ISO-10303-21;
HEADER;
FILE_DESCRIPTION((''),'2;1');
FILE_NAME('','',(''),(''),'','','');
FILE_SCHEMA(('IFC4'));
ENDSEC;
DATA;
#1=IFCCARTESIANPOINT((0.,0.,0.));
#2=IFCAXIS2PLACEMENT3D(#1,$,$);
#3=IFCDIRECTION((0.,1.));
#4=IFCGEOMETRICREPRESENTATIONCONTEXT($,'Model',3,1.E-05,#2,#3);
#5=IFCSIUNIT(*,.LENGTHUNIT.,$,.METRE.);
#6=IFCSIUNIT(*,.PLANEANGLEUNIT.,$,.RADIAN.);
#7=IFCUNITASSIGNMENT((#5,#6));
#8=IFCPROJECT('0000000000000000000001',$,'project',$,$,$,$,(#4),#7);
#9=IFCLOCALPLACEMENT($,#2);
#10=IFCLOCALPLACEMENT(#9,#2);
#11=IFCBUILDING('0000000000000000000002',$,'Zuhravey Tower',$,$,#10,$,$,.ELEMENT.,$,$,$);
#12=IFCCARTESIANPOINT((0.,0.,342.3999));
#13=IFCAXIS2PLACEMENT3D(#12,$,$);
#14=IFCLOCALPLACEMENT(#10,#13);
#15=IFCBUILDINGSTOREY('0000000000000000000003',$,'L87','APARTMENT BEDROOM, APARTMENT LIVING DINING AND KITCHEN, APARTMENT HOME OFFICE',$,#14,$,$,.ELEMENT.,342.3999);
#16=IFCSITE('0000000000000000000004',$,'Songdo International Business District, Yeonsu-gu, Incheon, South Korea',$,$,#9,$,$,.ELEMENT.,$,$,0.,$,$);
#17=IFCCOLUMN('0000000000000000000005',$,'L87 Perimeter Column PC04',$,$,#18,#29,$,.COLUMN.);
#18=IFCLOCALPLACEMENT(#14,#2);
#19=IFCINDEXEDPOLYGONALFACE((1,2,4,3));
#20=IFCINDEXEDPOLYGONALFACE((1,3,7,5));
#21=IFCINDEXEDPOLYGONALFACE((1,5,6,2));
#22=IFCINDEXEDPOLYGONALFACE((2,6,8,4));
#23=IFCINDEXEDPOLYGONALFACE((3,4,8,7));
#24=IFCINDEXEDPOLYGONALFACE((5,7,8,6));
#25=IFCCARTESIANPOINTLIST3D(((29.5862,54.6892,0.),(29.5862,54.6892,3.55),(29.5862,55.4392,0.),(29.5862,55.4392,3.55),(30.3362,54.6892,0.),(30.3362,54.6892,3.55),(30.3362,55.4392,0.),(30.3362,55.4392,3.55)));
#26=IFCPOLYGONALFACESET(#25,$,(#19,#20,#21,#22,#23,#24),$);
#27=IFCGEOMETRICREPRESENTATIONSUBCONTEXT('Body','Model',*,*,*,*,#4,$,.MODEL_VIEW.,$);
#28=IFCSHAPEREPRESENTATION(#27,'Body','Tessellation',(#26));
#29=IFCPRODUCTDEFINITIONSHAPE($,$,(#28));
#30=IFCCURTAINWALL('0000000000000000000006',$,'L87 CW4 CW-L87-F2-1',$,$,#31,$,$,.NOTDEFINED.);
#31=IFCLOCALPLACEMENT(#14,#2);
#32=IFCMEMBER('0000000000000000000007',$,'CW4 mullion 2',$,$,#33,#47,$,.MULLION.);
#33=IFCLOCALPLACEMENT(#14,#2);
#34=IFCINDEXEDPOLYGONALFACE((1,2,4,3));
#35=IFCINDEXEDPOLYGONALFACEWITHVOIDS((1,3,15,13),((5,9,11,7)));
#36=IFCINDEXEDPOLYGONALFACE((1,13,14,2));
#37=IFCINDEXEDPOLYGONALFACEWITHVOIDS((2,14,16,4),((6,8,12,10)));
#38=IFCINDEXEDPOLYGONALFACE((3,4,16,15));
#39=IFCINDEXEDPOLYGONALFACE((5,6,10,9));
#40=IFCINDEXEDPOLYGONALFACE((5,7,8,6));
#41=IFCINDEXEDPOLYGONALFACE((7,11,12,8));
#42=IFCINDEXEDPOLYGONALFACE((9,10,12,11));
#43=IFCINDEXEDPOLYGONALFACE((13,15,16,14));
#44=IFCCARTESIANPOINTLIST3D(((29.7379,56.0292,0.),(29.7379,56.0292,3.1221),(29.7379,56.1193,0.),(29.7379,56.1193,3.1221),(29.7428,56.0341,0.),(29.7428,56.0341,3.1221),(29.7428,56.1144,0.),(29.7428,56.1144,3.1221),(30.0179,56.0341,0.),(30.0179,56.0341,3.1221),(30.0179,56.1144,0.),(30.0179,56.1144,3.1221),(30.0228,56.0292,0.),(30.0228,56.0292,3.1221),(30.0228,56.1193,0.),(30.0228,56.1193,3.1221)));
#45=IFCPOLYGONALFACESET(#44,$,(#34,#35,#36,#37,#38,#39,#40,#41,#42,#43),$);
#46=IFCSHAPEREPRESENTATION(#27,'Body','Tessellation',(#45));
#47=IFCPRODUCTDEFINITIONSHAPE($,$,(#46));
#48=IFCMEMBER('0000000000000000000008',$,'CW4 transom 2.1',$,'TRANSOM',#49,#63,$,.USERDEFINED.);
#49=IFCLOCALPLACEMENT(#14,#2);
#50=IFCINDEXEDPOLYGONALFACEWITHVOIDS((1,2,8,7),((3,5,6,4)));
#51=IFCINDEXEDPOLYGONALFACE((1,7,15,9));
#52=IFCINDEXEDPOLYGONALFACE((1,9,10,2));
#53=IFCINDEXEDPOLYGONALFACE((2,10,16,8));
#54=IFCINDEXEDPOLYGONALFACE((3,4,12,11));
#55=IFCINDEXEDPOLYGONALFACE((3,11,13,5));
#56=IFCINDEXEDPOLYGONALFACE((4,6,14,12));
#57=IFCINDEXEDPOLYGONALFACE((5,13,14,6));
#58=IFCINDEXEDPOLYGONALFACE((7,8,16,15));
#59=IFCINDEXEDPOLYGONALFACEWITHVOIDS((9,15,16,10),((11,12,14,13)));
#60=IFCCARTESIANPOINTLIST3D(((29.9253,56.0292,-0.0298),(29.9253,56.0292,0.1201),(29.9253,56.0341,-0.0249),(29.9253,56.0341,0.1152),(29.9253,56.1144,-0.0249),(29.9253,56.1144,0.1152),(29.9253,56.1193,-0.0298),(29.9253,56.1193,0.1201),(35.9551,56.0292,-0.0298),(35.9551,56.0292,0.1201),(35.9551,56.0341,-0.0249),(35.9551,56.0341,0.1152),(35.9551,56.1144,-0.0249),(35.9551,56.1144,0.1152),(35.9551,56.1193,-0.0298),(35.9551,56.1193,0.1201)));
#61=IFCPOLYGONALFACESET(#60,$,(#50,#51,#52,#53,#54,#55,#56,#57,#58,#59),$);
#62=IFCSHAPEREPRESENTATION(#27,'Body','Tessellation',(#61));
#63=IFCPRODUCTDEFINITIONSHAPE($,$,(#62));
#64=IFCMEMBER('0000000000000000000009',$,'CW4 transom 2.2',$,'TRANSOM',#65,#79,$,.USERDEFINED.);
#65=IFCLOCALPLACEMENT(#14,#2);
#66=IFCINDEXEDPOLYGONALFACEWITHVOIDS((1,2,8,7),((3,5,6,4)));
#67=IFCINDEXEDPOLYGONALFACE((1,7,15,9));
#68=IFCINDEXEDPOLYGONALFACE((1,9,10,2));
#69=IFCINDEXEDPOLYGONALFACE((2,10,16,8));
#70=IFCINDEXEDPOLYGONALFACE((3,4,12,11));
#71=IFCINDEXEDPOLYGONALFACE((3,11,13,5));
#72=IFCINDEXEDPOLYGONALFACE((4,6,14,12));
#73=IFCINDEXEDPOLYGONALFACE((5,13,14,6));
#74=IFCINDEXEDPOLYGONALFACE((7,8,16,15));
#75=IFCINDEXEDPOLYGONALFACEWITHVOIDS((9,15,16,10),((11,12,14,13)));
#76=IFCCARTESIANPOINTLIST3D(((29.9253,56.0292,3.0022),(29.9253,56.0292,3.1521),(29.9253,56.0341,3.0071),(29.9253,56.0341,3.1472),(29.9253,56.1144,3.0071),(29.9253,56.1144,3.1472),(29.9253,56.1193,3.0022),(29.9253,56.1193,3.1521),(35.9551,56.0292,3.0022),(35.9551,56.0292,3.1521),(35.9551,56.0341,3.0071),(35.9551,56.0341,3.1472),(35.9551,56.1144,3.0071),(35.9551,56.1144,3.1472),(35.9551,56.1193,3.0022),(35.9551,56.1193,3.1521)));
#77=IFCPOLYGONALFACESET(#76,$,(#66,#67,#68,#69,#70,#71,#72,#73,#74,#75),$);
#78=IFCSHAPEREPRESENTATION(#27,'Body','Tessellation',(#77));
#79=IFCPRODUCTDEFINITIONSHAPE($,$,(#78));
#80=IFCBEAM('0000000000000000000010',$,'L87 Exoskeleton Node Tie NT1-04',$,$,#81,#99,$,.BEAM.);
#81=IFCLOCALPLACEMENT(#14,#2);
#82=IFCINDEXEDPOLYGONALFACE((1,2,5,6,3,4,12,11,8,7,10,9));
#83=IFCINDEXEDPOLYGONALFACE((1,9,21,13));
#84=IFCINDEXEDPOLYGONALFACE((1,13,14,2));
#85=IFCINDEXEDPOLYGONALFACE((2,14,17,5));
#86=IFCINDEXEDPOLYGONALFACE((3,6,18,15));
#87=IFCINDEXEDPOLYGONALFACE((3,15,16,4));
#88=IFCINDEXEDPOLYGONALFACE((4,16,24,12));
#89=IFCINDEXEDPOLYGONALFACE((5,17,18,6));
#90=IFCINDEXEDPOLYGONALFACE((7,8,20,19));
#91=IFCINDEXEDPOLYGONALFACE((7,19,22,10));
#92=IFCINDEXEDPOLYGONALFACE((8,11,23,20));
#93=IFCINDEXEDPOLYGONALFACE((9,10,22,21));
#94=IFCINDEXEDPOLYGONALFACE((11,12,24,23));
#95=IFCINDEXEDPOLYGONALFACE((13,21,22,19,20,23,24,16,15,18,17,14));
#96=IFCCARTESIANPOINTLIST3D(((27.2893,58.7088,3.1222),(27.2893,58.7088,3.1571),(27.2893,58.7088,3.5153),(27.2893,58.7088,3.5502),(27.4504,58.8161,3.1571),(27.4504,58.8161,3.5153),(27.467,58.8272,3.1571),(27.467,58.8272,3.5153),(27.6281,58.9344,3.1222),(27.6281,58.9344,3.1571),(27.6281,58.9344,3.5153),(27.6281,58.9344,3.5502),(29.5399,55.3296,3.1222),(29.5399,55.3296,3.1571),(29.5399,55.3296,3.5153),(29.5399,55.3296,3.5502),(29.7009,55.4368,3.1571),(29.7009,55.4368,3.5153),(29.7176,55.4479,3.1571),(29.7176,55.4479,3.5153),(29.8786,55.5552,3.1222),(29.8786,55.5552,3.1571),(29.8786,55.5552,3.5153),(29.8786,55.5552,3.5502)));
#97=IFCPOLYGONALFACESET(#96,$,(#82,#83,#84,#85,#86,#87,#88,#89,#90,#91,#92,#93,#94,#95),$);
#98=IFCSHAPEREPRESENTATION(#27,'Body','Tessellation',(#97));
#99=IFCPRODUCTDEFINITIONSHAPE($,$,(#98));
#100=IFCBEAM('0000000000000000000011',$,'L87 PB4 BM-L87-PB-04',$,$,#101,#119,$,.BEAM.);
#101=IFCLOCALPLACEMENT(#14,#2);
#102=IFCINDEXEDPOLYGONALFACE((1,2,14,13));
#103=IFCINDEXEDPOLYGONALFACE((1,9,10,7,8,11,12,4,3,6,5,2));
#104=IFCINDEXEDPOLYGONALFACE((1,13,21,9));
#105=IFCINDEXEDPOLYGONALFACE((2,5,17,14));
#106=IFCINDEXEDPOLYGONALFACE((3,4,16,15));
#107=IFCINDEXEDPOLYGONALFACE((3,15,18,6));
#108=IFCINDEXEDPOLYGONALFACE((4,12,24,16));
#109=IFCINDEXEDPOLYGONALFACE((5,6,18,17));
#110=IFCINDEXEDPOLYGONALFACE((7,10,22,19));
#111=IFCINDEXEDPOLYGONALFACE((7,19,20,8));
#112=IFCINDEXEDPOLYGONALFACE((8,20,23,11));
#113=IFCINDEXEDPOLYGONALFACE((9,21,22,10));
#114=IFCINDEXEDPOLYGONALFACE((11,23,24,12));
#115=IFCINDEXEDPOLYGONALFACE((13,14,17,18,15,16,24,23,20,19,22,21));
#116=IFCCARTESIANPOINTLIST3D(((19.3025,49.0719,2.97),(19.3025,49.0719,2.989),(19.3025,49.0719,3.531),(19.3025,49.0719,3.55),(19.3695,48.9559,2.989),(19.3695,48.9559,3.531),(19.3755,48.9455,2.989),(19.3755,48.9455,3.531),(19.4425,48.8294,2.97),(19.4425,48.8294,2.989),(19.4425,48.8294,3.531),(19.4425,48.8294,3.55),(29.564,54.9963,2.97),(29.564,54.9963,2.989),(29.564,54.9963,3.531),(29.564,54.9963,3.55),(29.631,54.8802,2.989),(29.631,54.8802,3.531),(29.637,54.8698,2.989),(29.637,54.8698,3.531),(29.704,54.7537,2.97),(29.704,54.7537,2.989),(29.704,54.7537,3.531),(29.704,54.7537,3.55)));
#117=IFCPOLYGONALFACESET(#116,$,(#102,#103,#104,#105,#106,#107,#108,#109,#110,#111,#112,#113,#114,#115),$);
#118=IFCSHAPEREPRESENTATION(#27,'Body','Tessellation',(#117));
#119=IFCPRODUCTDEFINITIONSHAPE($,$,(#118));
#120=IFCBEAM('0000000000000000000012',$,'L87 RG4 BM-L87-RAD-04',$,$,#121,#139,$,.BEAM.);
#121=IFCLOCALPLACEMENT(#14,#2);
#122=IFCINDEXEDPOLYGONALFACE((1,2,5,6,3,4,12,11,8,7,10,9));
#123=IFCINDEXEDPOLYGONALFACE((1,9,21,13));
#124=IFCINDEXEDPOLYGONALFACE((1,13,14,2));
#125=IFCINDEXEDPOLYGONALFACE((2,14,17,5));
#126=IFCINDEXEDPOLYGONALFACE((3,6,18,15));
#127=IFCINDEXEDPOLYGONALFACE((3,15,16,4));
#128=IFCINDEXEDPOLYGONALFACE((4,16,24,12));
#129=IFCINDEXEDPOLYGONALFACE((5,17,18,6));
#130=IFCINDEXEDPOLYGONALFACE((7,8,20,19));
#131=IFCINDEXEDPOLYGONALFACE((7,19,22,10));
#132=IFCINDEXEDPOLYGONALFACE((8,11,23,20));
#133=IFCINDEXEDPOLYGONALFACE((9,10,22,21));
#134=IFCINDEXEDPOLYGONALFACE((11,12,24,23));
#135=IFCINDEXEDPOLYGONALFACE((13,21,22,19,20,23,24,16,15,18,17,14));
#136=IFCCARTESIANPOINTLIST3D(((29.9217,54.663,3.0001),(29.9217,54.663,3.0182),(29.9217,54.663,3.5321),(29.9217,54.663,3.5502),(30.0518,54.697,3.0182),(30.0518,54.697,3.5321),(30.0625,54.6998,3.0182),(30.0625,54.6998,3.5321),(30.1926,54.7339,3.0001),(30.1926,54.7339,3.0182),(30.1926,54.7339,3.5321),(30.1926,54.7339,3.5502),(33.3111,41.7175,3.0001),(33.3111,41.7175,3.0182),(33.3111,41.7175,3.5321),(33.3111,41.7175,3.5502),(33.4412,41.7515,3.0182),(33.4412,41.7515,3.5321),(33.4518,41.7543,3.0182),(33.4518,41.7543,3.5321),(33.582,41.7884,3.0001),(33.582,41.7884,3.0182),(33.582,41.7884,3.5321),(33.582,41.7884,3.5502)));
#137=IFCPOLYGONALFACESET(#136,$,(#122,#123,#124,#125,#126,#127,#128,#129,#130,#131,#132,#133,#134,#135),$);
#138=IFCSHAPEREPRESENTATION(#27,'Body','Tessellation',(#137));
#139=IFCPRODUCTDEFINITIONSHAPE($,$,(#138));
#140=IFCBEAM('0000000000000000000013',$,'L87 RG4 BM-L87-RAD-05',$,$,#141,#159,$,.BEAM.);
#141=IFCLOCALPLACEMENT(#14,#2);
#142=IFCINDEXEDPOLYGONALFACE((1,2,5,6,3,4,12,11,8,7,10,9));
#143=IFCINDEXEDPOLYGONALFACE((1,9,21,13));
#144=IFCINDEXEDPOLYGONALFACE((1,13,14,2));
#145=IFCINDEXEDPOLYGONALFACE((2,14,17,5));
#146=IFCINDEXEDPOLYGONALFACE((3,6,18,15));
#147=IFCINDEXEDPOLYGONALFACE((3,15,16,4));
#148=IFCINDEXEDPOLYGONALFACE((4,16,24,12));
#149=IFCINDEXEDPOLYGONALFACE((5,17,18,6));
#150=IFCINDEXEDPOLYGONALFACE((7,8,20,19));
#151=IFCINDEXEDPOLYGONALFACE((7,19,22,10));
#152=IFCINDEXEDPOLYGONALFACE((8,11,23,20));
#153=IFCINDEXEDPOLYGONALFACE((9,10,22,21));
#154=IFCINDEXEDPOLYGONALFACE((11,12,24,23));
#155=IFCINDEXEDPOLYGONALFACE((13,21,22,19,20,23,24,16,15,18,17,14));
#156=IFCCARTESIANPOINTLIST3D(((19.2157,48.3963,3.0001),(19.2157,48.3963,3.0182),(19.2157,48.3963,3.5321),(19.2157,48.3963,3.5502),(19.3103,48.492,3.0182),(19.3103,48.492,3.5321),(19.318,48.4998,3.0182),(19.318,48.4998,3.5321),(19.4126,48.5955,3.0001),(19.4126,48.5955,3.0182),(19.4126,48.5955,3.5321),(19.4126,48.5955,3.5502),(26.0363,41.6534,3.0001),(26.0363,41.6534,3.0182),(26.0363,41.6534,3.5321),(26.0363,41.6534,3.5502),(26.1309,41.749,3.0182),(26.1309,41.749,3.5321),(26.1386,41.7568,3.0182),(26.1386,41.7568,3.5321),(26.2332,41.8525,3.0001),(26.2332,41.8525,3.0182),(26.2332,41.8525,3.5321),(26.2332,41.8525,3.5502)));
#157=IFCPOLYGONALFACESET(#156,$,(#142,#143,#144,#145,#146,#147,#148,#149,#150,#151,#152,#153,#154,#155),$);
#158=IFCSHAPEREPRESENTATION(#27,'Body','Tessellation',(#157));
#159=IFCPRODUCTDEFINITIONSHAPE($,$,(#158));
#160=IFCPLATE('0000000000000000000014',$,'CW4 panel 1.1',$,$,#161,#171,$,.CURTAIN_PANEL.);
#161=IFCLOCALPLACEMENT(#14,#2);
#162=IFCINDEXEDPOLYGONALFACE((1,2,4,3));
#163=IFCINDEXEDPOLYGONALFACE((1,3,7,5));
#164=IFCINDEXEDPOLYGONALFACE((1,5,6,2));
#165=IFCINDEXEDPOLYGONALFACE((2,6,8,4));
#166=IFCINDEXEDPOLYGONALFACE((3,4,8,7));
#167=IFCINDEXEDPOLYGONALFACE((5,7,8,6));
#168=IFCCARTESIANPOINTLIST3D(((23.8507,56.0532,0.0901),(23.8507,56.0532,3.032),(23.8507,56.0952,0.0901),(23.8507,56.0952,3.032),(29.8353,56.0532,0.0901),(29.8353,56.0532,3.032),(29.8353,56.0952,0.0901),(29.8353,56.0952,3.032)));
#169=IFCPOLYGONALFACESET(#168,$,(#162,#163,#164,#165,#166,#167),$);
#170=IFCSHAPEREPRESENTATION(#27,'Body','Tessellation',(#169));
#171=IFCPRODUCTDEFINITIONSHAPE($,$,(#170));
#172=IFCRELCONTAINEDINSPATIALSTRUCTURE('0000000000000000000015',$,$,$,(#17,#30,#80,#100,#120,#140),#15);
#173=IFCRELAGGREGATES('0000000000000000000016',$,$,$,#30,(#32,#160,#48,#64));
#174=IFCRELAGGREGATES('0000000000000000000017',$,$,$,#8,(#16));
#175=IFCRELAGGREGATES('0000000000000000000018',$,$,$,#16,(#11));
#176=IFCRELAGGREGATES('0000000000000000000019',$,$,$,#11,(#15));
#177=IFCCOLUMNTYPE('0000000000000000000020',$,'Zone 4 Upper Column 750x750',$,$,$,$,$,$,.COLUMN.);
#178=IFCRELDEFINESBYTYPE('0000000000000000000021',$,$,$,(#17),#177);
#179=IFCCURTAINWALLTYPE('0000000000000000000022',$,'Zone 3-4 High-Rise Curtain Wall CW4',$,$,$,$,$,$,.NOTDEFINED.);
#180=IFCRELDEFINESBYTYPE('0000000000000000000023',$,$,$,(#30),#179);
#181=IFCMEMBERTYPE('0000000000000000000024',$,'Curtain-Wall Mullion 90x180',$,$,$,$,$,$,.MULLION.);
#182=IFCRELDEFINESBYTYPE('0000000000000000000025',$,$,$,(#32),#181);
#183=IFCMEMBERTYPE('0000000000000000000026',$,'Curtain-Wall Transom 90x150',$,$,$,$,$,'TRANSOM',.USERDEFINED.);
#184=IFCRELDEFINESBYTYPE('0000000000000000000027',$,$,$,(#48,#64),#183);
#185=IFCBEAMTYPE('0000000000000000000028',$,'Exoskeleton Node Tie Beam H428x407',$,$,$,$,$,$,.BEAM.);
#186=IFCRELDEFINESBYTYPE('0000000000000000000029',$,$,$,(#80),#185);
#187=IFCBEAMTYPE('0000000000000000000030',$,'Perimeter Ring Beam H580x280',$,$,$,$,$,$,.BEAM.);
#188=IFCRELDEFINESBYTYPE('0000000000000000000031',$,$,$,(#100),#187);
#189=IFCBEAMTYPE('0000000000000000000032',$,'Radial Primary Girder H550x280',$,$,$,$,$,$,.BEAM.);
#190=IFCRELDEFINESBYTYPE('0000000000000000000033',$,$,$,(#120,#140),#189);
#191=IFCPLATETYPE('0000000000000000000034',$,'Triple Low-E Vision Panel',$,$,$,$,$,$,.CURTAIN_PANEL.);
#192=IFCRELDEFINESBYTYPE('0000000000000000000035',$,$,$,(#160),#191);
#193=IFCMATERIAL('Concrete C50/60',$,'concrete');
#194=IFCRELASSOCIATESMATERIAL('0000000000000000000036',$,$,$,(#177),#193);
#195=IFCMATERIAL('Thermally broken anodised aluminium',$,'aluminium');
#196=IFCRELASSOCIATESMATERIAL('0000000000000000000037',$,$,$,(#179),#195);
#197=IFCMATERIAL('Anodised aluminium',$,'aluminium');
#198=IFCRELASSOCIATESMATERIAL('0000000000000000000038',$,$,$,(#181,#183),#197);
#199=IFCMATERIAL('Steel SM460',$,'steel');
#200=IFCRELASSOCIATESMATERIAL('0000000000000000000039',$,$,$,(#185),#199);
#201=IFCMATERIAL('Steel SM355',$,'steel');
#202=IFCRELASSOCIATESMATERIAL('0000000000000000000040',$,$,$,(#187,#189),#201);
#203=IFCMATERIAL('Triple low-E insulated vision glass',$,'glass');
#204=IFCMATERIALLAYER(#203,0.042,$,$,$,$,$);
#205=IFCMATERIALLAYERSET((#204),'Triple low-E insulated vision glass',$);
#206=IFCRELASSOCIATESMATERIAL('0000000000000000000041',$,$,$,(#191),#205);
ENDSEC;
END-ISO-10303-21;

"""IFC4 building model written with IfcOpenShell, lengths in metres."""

from ifc_helpers import new_model, si_unit, direction, frame, origin, origin_2d, place, context, subcontext, project, spatial, rectangle, hollow_rectangle, i_section, extrude, material, layer, layer_set, material_profile, profile_set, type_object, element, aggregate, save


model = new_model("IFC4")

# Units and contexts
model_context = context("Model", 3, precision=1e-05, world=origin(), true_north=direction((0.0, 1.0)))
body_context = subcontext(model_context, "Body", "Model", "MODEL_VIEW")
ifc_project = project(units=[si_unit("LENGTHUNIT", "METRE"), si_unit("PLANEANGLEUNIT", "RADIAN")], contexts=[model_context])

# Site, building, storey
site_placement = place(None, origin())
site = spatial("IfcSite", under=ifc_project, at=site_placement, Name="Songdo International Business District, Yeonsu-gu, Incheon, South Korea", CompositionType="ELEMENT", RefElevation=0.0)
building_placement = place(site_placement, origin())
building = spatial("IfcBuilding", under=site, at=building_placement, Name="Zuhravey Tower", CompositionType="ELEMENT")
storey_placement = place(building_placement, frame((0.0, 0.0, 342.3999)))
storey = spatial("IfcBuildingStorey", under=building, at=storey_placement, Name="L87", Description="APARTMENT BEDROOM, APARTMENT LIVING DINING AND KITCHEN, APARTMENT HOME OFFICE", CompositionType="ELEMENT", Elevation=342.3999)

# Column
ifc_material_1 = material(Name="Concrete C50/60", Category="concrete")
ifc_material_profile_1 = material_profile(ifc_material_1, rectangle(XDim=0.75, YDim=0.75, at=origin_2d()), Name="RC-750x750")
ifc_profile_set_1 = profile_set([ifc_material_profile_1], Name="Concrete C50/60")
column_type = type_object("IfcColumnType", Name="Zone 4 Upper Column 750x750", PredefinedType="COLUMN", material=ifc_profile_set_1)
column_placement = place(storey_placement, frame((29.9612, 55.0642, 0.0), z_axis=(0.0, 0.0, 1.0), x_axis=(-1.0, 0.0, 0.0)))
element("IfcColumn", 1, at=column_placement, inside=storey, type_object=column_type, Name="L87 Perimeter Column PC04", PredefinedType="COLUMN", context=body_context, shape_type="SweptSolid", body=[
    extrude(rectangle(XDim=0.75, YDim=0.75, at=origin_2d()), origin(), (0.0, 0.0, 1.0), 3.55),
])

# Curtain wall, members
ifc_material_2 = material(Name="Thermally broken anodised aluminium", Category="aluminium")
curtain_wall_type = type_object("IfcCurtainWallType", Name="Zone 3-4 High-Rise Curtain Wall CW4", PredefinedType="NOTDEFINED", material=ifc_material_2)
curtain_wall_placement = place(storey_placement, origin())
curtain_wall = element("IfcCurtainWall", 2, at=curtain_wall_placement, inside=storey, type_object=curtain_wall_type, Name="L87 CW4 CW-L87-F2-1", PredefinedType="NOTDEFINED")
ifc_material_3 = material(Name="Anodised aluminium", Category="aluminium")
ifc_material_profile_2 = material_profile(ifc_material_3, hollow_rectangle(XDim=0.0901, YDim=0.2849, WallThickness=0.0049, at=origin_2d()), Name="ALU-RHS-90x285x5")
ifc_profile_set_2 = profile_set([ifc_material_profile_2], Name="Anodised aluminium")
member_type_1 = type_object("IfcMemberType", Name="Curtain-Wall Mullion 90x180", PredefinedType="MULLION", material=ifc_profile_set_2)
member_1_placement = place(storey_placement, frame((29.8804, 56.0742, 0.0), z_axis=(0.0, 0.0, 1.0), x_axis=(0.0, 1.0, 0.0)))
member_1 = element("IfcMember", 3, at=member_1_placement, type_object=member_type_1, Name="CW4 mullion 2", PredefinedType="MULLION", context=body_context, shape_type="SweptSolid", body=[
    extrude(hollow_rectangle(XDim=0.0901, YDim=0.2849, WallThickness=0.0049, at=origin_2d()), origin(), (0.0, 0.0, 1.0), 3.1221),
])
ifc_material_profile_3 = material_profile(ifc_material_3, hollow_rectangle(XDim=0.0901, YDim=0.1499, WallThickness=0.0049, at=origin_2d()), Name="ALU-RHS-90x150x5")
ifc_profile_set_3 = profile_set([ifc_material_profile_3], Name="Anodised aluminium")
member_type_2 = type_object("IfcMemberType", Name="Curtain-Wall Transom 90x150", ElementType="TRANSOM", PredefinedType="USERDEFINED", material=ifc_profile_set_3)
member_2_placement = place(storey_placement, frame((29.9253, 56.0742, 0.0452), z_axis=(1.0, 0.0, 0.0), x_axis=(0.0, 1.0, 0.0)))
member_2 = element("IfcMember", 4, at=member_2_placement, type_object=member_type_2, Name="CW4 transom 2.1", ObjectType="TRANSOM", PredefinedType="USERDEFINED", context=body_context, shape_type="SweptSolid", body=[
    extrude(hollow_rectangle(XDim=0.0901, YDim=0.1499, WallThickness=0.0049, at=origin_2d()), origin(), (0.0, 0.0, 1.0), 6.0298),
])
member_3_placement = place(storey_placement, frame((29.9253, 56.0742, 3.0771), z_axis=(1.0, 0.0, 0.0), x_axis=(0.0, 1.0, 0.0)))
member_3 = element("IfcMember", 5, at=member_3_placement, type_object=member_type_2, Name="CW4 transom 2.2", ObjectType="TRANSOM", PredefinedType="USERDEFINED", context=body_context, shape_type="SweptSolid", body=[
    extrude(hollow_rectangle(XDim=0.0901, YDim=0.1499, WallThickness=0.0049, at=origin_2d()), origin(), (0.0, 0.0, 1.0), 6.0298),
])

# Beams
ifc_material_4 = material(Name="Steel SM460", Category="steel")
ifc_material_profile_4 = material_profile(ifc_material_4, i_section(OverallWidth=0.407, OverallDepth=0.428, WebThickness=0.02, FlangeThickness=0.0349, at=origin_2d()), Name="H-428x407x20x35")
ifc_profile_set_4 = profile_set([ifc_material_profile_4], Name="Steel SM460")
beam_type_1 = type_object("IfcBeamType", Name="Exoskeleton Node Tie Beam H428x407", PredefinedType="BEAM", material=ifc_profile_set_4)
beam_1_placement = place(storey_placement, frame((29.7092, 55.4424, 3.3362), z_axis=(-0.554312, 0.832309, 0.0), x_axis=(-0.832309, -0.554312, 0.0)))
element("IfcBeam", 6, at=beam_1_placement, inside=storey, type_object=beam_type_1, Name="L87 Exoskeleton Node Tie NT1-04", PredefinedType="BEAM", context=body_context, shape_type="SweptSolid", body=[
    extrude(i_section(OverallWidth=0.407, OverallDepth=0.428, WebThickness=0.02, FlangeThickness=0.0349, at=origin_2d()), origin(), (0.0, 0.0, 1.0), 4.0601),
])
ifc_material_5 = material(Name="Steel SM355", Category="steel")
ifc_material_profile_5 = material_profile(ifc_material_5, i_section(OverallWidth=0.28, OverallDepth=0.5801, WebThickness=0.012, FlangeThickness=0.019, at=origin_2d()), Name="H-580x280x12x19")
ifc_profile_set_5 = profile_set([ifc_material_profile_5], Name="Steel SM355")
beam_type_2 = type_object("IfcBeamType", Name="Perimeter Ring Beam H580x280", PredefinedType="BEAM", material=ifc_profile_set_5)
beam_2_placement = place(storey_placement, frame((29.634, 54.875, 3.26), z_axis=(-0.866031, -0.499991, 0.0), x_axis=(0.499991, -0.866031, 0.0)))
element("IfcBeam", 7, at=beam_2_placement, inside=storey, type_object=beam_type_2, Name="L87 PB4 BM-L87-PB-04", PredefinedType="BEAM", context=body_context, shape_type="SweptSolid", body=[
    extrude(i_section(OverallWidth=0.28, OverallDepth=0.5801, WebThickness=0.012, FlangeThickness=0.019, at=origin_2d()), origin(), (0.0, 0.0, 1.0), 11.8489),
])
ifc_material_profile_6 = material_profile(ifc_material_5, i_section(OverallWidth=0.28, OverallDepth=0.55, WebThickness=0.011, FlangeThickness=0.0181, at=origin_2d()), Name="H-550x280x11x18")
ifc_profile_set_6 = profile_set([ifc_material_profile_6], Name="Steel SM355")
beam_type_3 = type_object("IfcBeamType", Name="Radial Primary Girder H550x280", PredefinedType="BEAM", material=ifc_profile_set_6)
beam_3_placement = place(storey_placement, frame((33.4465, 41.7529, 3.2751), z_axis=(-0.253283, 0.967392, 0.0), x_axis=(-0.967392, -0.253283, 0.0)))
element("IfcBeam", 8, at=beam_3_placement, inside=storey, type_object=beam_type_3, Name="L87 RG4 BM-L87-RAD-04", PredefinedType="BEAM", context=body_context, shape_type="SweptSolid", body=[
    extrude(i_section(OverallWidth=0.28, OverallDepth=0.55, WebThickness=0.011, FlangeThickness=0.0181, at=origin_2d()), origin(), (0.0, 0.0, 1.0), 13.3818),
])
beam_4_placement = place(storey_placement, frame((26.1348, 41.7529, 3.2751), z_axis=(-0.711143, 0.703048, 0.0), x_axis=(-0.703048, -0.711143, 0.0)))
element("IfcBeam", 9, at=beam_4_placement, inside=storey, type_object=beam_type_3, Name="L87 RG4 BM-L87-RAD-05", PredefinedType="BEAM", context=body_context, shape_type="SweptSolid", body=[
    extrude(i_section(OverallWidth=0.28, OverallDepth=0.55, WebThickness=0.011, FlangeThickness=0.0181, at=origin_2d()), origin(), (0.0, 0.0, 1.0), 9.5911),
])

# Plate
ifc_material_6 = material(Name="Triple low-E insulated vision glass", Category="glass")
ifc_layer_1 = layer(ifc_material_6, 0.042)
ifc_layer_set_1 = layer_set([ifc_layer_1], Name="Triple low-E insulated vision glass")
plate_type = type_object("IfcPlateType", Name="Triple Low-E Vision Panel", PredefinedType="CURTAIN_PANEL", material=ifc_layer_set_1)
plate_1_placement = place(storey_placement, frame((26.843, 56.0742, 0.0901), z_axis=(0.0, 0.0, 1.0), x_axis=(1.0, 0.0, 0.0)))
plate_1 = element("IfcPlate", 10, at=plate_1_placement, type_object=plate_type, Name="CW4 panel 1.1", PredefinedType="CURTAIN_PANEL", context=body_context, shape_type="SweptSolid", body=[
    extrude(rectangle(XDim=5.9846, YDim=0.042, at=origin_2d()), origin(), (0.0, 0.0, 1.0), 2.9419),
])
aggregate(curtain_wall, [member_1, plate_1, member_2, member_3])

save(model, "model.ifc")
